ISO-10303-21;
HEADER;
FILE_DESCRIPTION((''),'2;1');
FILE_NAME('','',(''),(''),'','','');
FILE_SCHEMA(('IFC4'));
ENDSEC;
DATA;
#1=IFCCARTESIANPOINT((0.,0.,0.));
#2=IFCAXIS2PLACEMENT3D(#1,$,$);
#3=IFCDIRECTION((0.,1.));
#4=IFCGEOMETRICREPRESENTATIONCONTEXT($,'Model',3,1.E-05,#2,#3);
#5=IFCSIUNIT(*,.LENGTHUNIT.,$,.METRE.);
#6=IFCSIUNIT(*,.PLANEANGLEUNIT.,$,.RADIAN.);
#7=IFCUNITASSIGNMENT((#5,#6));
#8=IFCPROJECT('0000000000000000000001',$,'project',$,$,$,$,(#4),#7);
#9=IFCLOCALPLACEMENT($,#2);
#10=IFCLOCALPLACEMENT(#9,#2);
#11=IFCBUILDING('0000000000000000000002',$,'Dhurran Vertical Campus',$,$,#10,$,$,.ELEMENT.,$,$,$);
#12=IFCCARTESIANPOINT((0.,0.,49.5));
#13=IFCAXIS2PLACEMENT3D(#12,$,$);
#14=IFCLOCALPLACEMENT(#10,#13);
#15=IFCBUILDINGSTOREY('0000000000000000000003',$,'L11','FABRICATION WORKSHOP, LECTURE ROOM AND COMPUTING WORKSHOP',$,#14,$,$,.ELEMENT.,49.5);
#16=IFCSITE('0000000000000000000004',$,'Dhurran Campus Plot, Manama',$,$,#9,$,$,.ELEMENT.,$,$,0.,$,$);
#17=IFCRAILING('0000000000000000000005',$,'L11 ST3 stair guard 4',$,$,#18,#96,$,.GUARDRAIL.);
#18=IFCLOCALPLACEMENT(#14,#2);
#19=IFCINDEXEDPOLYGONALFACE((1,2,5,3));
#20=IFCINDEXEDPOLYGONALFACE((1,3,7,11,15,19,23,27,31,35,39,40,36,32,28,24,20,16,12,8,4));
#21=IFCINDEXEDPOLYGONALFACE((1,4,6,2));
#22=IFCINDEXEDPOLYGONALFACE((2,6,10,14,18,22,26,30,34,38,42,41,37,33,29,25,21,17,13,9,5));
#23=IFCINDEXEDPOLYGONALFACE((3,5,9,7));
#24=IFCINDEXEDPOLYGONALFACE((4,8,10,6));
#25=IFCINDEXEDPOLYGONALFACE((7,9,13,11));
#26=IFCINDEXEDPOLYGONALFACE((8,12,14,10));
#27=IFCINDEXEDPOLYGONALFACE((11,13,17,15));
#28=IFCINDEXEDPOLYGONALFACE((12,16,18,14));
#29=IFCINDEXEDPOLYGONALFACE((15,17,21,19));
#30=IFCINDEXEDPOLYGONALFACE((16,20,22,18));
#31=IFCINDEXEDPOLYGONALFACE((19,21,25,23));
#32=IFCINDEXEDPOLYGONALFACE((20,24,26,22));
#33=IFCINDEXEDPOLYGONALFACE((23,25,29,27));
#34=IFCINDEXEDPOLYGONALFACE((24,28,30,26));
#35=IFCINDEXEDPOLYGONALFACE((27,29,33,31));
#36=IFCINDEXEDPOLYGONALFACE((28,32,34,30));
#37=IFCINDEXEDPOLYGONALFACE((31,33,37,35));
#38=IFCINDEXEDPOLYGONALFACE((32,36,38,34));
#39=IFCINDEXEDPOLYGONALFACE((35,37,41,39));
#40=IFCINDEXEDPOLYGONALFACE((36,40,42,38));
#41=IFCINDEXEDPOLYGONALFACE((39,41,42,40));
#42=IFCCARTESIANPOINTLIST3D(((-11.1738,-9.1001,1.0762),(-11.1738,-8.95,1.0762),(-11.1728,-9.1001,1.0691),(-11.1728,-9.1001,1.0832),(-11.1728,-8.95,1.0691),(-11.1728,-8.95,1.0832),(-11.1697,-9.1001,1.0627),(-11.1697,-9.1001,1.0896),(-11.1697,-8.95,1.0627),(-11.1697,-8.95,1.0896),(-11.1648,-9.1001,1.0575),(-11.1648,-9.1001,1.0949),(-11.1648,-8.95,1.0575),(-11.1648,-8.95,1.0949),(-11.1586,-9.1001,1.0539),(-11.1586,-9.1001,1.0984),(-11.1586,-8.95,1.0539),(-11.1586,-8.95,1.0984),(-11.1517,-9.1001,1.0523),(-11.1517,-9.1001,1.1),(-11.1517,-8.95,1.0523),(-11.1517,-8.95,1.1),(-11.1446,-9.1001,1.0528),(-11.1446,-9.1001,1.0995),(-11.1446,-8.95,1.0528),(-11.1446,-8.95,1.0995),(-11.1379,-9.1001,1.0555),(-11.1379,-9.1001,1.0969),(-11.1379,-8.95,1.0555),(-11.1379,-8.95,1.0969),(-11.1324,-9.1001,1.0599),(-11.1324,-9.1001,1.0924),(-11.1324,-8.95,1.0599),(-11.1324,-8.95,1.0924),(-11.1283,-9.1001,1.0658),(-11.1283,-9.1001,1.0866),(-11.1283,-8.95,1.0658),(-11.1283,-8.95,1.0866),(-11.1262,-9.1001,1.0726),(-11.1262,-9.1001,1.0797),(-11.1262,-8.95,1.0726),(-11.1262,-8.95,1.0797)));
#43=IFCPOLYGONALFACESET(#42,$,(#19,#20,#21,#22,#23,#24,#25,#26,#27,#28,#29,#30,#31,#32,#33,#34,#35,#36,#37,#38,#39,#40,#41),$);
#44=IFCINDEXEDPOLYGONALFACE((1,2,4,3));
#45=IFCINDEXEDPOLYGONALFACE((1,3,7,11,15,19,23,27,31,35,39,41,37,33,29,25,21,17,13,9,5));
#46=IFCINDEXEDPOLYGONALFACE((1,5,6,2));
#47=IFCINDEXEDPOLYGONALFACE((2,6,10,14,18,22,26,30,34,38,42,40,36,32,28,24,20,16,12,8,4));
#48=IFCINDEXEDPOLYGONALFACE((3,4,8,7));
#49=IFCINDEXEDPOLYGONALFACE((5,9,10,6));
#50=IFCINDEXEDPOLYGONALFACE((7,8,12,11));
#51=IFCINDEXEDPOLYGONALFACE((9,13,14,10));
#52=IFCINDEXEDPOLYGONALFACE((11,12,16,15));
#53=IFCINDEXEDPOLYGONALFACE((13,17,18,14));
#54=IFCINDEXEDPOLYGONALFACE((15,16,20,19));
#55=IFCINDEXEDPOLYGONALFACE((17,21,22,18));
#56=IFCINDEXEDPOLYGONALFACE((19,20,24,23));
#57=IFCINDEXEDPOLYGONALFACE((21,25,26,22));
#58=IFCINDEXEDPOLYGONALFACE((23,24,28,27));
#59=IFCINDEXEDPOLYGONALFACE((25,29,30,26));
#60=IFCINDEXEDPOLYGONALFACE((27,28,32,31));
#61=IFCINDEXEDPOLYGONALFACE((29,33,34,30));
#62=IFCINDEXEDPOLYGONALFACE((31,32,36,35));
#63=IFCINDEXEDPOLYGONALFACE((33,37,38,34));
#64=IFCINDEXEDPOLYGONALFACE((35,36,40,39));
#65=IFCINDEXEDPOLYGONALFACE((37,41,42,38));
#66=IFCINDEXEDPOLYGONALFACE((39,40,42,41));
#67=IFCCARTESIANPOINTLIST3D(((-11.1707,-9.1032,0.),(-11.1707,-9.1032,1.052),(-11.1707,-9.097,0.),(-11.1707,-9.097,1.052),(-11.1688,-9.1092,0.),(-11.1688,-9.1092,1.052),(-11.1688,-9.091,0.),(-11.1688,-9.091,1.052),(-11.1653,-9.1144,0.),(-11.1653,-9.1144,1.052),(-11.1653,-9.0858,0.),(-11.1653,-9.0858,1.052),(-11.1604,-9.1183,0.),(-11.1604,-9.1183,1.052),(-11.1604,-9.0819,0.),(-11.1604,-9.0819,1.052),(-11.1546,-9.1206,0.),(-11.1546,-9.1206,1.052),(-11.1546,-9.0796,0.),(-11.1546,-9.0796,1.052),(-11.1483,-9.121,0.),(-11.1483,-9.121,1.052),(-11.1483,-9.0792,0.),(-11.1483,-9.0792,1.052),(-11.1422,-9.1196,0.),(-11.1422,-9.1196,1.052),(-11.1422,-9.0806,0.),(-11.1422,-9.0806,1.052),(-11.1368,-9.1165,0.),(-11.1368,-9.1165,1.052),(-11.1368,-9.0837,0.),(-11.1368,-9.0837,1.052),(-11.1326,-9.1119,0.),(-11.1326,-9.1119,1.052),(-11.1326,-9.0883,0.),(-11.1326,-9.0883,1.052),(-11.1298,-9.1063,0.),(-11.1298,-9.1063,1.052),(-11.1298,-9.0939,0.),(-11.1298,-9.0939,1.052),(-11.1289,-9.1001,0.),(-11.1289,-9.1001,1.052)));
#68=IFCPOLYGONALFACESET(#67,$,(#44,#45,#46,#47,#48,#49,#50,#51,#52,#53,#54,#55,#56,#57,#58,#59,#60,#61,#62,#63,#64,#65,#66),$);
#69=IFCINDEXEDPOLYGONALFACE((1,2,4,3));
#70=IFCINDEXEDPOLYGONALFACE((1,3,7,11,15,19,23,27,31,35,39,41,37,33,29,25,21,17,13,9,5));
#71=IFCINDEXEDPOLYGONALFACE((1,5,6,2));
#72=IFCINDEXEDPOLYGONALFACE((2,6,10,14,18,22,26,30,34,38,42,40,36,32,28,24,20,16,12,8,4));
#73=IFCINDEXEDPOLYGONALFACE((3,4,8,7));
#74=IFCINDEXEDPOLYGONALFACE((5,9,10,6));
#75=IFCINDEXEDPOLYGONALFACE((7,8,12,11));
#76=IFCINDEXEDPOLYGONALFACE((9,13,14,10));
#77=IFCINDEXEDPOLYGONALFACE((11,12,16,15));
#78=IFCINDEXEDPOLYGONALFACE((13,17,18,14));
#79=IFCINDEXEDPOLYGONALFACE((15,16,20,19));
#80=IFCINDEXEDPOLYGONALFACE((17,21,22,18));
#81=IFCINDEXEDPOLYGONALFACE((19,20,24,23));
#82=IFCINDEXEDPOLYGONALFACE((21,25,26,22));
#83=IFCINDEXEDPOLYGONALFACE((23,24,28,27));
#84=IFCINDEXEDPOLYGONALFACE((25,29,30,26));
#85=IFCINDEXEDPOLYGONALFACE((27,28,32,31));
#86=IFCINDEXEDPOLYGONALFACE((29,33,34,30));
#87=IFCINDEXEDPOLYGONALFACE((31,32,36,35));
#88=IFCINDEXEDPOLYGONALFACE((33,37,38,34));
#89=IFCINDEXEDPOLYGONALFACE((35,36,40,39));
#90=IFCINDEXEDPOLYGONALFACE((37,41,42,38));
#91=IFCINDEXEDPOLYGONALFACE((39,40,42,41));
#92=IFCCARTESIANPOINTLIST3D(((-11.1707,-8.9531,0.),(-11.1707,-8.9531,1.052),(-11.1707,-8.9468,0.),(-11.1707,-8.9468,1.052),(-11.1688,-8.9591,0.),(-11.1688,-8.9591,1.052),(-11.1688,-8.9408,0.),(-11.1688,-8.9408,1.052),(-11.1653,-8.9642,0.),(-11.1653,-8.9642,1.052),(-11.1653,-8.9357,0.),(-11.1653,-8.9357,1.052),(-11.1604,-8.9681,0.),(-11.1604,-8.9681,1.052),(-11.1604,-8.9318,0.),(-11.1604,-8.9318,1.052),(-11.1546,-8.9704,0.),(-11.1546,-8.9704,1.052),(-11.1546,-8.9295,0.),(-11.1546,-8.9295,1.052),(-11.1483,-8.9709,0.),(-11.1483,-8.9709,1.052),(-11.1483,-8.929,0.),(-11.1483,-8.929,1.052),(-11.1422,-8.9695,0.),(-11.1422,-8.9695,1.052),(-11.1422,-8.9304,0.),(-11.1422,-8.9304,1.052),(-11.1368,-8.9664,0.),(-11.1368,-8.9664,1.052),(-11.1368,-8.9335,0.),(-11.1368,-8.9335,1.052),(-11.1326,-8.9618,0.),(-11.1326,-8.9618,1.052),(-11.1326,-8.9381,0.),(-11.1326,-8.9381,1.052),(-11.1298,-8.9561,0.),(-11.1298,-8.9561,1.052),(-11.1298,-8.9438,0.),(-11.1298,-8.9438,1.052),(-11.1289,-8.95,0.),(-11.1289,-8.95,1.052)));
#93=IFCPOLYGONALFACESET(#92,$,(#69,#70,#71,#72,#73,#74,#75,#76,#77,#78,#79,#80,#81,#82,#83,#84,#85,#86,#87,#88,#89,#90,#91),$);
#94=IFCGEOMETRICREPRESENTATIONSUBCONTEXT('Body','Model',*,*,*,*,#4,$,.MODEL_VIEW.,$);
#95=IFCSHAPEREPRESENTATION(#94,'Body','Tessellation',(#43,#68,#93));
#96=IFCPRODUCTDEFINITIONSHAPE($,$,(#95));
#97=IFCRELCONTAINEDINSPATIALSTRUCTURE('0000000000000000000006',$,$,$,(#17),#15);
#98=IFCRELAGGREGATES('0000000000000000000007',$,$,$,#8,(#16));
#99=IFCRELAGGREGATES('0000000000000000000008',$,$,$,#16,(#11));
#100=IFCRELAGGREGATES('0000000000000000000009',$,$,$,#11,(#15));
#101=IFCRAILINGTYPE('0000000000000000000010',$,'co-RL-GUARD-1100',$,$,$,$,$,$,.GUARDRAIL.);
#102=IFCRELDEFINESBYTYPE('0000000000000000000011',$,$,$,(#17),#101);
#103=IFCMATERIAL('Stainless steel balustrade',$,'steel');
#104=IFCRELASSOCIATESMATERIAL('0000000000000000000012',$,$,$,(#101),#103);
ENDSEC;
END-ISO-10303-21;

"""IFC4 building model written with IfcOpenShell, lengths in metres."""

from ifc_helpers import new_model, si_unit, direction, frame, origin, origin_2d, place, context, subcontext, project, spatial, circle, extrude, material, type_object, element, save


model = new_model("IFC4")

# Units and contexts
model_context = context("Model", 3, precision=1e-05, world=origin(), true_north=direction((0.0, 1.0)))
body_context = subcontext(model_context, "Body", "Model", "MODEL_VIEW")
ifc_project = project(units=[si_unit("LENGTHUNIT", "METRE"), si_unit("PLANEANGLEUNIT", "RADIAN")], contexts=[model_context])

# Site, building, storey
site_placement = place(None, origin())
site = spatial("IfcSite", under=ifc_project, at=site_placement, Name="Dhurran Campus Plot, Manama", CompositionType="ELEMENT", RefElevation=0.0)
building_placement = place(site_placement, origin())
building = spatial("IfcBuilding", under=site, at=building_placement, Name="Dhurran Vertical Campus", CompositionType="ELEMENT")
storey_placement = place(building_placement, frame((0.0, 0.0, 49.5)))
storey = spatial("IfcBuildingStorey", under=building, at=storey_placement, Name="L11", Description="FABRICATION WORKSHOP, LECTURE ROOM AND COMPUTING WORKSHOP", CompositionType="ELEMENT", Elevation=49.5)

# Railing
ifc_material_1 = material(Name="Stainless steel balustrade", Category="steel")
railing_type_1 = type_object("IfcRailingType", Name="co-RL-GUARD-1100", PredefinedType="GUARDRAIL", material=ifc_material_1)
railing_1_placement = place(storey_placement, frame((-11.1499, -9.1001, 0.0)))
element("IfcRailing", 1, at=railing_1_placement, inside=storey, type_object=railing_type_1, Name="L11 ST3 stair guard 4", PredefinedType="GUARDRAIL", context=body_context, shape_type="SweptSolid", body=[
    extrude(circle(Radius=0.0239, at=origin_2d()), frame((0.0, 0.0, 1.0762), z_axis=(0.0, 1.0, 0.0), x_axis=(-1.0, 0.0, 0.0)), (0.0, 0.0, 1.0), 0.1501),
    extrude(circle(Radius=0.021, at=origin_2d()), origin(), (0.0, 0.0, 1.0), 1.052),
    extrude(circle(Radius=0.021, at=origin_2d()), frame((0.0, 0.1501, 0.0)), (0.0, 0.0, 1.0), 1.052),
])

save(model, "model.ifc")
